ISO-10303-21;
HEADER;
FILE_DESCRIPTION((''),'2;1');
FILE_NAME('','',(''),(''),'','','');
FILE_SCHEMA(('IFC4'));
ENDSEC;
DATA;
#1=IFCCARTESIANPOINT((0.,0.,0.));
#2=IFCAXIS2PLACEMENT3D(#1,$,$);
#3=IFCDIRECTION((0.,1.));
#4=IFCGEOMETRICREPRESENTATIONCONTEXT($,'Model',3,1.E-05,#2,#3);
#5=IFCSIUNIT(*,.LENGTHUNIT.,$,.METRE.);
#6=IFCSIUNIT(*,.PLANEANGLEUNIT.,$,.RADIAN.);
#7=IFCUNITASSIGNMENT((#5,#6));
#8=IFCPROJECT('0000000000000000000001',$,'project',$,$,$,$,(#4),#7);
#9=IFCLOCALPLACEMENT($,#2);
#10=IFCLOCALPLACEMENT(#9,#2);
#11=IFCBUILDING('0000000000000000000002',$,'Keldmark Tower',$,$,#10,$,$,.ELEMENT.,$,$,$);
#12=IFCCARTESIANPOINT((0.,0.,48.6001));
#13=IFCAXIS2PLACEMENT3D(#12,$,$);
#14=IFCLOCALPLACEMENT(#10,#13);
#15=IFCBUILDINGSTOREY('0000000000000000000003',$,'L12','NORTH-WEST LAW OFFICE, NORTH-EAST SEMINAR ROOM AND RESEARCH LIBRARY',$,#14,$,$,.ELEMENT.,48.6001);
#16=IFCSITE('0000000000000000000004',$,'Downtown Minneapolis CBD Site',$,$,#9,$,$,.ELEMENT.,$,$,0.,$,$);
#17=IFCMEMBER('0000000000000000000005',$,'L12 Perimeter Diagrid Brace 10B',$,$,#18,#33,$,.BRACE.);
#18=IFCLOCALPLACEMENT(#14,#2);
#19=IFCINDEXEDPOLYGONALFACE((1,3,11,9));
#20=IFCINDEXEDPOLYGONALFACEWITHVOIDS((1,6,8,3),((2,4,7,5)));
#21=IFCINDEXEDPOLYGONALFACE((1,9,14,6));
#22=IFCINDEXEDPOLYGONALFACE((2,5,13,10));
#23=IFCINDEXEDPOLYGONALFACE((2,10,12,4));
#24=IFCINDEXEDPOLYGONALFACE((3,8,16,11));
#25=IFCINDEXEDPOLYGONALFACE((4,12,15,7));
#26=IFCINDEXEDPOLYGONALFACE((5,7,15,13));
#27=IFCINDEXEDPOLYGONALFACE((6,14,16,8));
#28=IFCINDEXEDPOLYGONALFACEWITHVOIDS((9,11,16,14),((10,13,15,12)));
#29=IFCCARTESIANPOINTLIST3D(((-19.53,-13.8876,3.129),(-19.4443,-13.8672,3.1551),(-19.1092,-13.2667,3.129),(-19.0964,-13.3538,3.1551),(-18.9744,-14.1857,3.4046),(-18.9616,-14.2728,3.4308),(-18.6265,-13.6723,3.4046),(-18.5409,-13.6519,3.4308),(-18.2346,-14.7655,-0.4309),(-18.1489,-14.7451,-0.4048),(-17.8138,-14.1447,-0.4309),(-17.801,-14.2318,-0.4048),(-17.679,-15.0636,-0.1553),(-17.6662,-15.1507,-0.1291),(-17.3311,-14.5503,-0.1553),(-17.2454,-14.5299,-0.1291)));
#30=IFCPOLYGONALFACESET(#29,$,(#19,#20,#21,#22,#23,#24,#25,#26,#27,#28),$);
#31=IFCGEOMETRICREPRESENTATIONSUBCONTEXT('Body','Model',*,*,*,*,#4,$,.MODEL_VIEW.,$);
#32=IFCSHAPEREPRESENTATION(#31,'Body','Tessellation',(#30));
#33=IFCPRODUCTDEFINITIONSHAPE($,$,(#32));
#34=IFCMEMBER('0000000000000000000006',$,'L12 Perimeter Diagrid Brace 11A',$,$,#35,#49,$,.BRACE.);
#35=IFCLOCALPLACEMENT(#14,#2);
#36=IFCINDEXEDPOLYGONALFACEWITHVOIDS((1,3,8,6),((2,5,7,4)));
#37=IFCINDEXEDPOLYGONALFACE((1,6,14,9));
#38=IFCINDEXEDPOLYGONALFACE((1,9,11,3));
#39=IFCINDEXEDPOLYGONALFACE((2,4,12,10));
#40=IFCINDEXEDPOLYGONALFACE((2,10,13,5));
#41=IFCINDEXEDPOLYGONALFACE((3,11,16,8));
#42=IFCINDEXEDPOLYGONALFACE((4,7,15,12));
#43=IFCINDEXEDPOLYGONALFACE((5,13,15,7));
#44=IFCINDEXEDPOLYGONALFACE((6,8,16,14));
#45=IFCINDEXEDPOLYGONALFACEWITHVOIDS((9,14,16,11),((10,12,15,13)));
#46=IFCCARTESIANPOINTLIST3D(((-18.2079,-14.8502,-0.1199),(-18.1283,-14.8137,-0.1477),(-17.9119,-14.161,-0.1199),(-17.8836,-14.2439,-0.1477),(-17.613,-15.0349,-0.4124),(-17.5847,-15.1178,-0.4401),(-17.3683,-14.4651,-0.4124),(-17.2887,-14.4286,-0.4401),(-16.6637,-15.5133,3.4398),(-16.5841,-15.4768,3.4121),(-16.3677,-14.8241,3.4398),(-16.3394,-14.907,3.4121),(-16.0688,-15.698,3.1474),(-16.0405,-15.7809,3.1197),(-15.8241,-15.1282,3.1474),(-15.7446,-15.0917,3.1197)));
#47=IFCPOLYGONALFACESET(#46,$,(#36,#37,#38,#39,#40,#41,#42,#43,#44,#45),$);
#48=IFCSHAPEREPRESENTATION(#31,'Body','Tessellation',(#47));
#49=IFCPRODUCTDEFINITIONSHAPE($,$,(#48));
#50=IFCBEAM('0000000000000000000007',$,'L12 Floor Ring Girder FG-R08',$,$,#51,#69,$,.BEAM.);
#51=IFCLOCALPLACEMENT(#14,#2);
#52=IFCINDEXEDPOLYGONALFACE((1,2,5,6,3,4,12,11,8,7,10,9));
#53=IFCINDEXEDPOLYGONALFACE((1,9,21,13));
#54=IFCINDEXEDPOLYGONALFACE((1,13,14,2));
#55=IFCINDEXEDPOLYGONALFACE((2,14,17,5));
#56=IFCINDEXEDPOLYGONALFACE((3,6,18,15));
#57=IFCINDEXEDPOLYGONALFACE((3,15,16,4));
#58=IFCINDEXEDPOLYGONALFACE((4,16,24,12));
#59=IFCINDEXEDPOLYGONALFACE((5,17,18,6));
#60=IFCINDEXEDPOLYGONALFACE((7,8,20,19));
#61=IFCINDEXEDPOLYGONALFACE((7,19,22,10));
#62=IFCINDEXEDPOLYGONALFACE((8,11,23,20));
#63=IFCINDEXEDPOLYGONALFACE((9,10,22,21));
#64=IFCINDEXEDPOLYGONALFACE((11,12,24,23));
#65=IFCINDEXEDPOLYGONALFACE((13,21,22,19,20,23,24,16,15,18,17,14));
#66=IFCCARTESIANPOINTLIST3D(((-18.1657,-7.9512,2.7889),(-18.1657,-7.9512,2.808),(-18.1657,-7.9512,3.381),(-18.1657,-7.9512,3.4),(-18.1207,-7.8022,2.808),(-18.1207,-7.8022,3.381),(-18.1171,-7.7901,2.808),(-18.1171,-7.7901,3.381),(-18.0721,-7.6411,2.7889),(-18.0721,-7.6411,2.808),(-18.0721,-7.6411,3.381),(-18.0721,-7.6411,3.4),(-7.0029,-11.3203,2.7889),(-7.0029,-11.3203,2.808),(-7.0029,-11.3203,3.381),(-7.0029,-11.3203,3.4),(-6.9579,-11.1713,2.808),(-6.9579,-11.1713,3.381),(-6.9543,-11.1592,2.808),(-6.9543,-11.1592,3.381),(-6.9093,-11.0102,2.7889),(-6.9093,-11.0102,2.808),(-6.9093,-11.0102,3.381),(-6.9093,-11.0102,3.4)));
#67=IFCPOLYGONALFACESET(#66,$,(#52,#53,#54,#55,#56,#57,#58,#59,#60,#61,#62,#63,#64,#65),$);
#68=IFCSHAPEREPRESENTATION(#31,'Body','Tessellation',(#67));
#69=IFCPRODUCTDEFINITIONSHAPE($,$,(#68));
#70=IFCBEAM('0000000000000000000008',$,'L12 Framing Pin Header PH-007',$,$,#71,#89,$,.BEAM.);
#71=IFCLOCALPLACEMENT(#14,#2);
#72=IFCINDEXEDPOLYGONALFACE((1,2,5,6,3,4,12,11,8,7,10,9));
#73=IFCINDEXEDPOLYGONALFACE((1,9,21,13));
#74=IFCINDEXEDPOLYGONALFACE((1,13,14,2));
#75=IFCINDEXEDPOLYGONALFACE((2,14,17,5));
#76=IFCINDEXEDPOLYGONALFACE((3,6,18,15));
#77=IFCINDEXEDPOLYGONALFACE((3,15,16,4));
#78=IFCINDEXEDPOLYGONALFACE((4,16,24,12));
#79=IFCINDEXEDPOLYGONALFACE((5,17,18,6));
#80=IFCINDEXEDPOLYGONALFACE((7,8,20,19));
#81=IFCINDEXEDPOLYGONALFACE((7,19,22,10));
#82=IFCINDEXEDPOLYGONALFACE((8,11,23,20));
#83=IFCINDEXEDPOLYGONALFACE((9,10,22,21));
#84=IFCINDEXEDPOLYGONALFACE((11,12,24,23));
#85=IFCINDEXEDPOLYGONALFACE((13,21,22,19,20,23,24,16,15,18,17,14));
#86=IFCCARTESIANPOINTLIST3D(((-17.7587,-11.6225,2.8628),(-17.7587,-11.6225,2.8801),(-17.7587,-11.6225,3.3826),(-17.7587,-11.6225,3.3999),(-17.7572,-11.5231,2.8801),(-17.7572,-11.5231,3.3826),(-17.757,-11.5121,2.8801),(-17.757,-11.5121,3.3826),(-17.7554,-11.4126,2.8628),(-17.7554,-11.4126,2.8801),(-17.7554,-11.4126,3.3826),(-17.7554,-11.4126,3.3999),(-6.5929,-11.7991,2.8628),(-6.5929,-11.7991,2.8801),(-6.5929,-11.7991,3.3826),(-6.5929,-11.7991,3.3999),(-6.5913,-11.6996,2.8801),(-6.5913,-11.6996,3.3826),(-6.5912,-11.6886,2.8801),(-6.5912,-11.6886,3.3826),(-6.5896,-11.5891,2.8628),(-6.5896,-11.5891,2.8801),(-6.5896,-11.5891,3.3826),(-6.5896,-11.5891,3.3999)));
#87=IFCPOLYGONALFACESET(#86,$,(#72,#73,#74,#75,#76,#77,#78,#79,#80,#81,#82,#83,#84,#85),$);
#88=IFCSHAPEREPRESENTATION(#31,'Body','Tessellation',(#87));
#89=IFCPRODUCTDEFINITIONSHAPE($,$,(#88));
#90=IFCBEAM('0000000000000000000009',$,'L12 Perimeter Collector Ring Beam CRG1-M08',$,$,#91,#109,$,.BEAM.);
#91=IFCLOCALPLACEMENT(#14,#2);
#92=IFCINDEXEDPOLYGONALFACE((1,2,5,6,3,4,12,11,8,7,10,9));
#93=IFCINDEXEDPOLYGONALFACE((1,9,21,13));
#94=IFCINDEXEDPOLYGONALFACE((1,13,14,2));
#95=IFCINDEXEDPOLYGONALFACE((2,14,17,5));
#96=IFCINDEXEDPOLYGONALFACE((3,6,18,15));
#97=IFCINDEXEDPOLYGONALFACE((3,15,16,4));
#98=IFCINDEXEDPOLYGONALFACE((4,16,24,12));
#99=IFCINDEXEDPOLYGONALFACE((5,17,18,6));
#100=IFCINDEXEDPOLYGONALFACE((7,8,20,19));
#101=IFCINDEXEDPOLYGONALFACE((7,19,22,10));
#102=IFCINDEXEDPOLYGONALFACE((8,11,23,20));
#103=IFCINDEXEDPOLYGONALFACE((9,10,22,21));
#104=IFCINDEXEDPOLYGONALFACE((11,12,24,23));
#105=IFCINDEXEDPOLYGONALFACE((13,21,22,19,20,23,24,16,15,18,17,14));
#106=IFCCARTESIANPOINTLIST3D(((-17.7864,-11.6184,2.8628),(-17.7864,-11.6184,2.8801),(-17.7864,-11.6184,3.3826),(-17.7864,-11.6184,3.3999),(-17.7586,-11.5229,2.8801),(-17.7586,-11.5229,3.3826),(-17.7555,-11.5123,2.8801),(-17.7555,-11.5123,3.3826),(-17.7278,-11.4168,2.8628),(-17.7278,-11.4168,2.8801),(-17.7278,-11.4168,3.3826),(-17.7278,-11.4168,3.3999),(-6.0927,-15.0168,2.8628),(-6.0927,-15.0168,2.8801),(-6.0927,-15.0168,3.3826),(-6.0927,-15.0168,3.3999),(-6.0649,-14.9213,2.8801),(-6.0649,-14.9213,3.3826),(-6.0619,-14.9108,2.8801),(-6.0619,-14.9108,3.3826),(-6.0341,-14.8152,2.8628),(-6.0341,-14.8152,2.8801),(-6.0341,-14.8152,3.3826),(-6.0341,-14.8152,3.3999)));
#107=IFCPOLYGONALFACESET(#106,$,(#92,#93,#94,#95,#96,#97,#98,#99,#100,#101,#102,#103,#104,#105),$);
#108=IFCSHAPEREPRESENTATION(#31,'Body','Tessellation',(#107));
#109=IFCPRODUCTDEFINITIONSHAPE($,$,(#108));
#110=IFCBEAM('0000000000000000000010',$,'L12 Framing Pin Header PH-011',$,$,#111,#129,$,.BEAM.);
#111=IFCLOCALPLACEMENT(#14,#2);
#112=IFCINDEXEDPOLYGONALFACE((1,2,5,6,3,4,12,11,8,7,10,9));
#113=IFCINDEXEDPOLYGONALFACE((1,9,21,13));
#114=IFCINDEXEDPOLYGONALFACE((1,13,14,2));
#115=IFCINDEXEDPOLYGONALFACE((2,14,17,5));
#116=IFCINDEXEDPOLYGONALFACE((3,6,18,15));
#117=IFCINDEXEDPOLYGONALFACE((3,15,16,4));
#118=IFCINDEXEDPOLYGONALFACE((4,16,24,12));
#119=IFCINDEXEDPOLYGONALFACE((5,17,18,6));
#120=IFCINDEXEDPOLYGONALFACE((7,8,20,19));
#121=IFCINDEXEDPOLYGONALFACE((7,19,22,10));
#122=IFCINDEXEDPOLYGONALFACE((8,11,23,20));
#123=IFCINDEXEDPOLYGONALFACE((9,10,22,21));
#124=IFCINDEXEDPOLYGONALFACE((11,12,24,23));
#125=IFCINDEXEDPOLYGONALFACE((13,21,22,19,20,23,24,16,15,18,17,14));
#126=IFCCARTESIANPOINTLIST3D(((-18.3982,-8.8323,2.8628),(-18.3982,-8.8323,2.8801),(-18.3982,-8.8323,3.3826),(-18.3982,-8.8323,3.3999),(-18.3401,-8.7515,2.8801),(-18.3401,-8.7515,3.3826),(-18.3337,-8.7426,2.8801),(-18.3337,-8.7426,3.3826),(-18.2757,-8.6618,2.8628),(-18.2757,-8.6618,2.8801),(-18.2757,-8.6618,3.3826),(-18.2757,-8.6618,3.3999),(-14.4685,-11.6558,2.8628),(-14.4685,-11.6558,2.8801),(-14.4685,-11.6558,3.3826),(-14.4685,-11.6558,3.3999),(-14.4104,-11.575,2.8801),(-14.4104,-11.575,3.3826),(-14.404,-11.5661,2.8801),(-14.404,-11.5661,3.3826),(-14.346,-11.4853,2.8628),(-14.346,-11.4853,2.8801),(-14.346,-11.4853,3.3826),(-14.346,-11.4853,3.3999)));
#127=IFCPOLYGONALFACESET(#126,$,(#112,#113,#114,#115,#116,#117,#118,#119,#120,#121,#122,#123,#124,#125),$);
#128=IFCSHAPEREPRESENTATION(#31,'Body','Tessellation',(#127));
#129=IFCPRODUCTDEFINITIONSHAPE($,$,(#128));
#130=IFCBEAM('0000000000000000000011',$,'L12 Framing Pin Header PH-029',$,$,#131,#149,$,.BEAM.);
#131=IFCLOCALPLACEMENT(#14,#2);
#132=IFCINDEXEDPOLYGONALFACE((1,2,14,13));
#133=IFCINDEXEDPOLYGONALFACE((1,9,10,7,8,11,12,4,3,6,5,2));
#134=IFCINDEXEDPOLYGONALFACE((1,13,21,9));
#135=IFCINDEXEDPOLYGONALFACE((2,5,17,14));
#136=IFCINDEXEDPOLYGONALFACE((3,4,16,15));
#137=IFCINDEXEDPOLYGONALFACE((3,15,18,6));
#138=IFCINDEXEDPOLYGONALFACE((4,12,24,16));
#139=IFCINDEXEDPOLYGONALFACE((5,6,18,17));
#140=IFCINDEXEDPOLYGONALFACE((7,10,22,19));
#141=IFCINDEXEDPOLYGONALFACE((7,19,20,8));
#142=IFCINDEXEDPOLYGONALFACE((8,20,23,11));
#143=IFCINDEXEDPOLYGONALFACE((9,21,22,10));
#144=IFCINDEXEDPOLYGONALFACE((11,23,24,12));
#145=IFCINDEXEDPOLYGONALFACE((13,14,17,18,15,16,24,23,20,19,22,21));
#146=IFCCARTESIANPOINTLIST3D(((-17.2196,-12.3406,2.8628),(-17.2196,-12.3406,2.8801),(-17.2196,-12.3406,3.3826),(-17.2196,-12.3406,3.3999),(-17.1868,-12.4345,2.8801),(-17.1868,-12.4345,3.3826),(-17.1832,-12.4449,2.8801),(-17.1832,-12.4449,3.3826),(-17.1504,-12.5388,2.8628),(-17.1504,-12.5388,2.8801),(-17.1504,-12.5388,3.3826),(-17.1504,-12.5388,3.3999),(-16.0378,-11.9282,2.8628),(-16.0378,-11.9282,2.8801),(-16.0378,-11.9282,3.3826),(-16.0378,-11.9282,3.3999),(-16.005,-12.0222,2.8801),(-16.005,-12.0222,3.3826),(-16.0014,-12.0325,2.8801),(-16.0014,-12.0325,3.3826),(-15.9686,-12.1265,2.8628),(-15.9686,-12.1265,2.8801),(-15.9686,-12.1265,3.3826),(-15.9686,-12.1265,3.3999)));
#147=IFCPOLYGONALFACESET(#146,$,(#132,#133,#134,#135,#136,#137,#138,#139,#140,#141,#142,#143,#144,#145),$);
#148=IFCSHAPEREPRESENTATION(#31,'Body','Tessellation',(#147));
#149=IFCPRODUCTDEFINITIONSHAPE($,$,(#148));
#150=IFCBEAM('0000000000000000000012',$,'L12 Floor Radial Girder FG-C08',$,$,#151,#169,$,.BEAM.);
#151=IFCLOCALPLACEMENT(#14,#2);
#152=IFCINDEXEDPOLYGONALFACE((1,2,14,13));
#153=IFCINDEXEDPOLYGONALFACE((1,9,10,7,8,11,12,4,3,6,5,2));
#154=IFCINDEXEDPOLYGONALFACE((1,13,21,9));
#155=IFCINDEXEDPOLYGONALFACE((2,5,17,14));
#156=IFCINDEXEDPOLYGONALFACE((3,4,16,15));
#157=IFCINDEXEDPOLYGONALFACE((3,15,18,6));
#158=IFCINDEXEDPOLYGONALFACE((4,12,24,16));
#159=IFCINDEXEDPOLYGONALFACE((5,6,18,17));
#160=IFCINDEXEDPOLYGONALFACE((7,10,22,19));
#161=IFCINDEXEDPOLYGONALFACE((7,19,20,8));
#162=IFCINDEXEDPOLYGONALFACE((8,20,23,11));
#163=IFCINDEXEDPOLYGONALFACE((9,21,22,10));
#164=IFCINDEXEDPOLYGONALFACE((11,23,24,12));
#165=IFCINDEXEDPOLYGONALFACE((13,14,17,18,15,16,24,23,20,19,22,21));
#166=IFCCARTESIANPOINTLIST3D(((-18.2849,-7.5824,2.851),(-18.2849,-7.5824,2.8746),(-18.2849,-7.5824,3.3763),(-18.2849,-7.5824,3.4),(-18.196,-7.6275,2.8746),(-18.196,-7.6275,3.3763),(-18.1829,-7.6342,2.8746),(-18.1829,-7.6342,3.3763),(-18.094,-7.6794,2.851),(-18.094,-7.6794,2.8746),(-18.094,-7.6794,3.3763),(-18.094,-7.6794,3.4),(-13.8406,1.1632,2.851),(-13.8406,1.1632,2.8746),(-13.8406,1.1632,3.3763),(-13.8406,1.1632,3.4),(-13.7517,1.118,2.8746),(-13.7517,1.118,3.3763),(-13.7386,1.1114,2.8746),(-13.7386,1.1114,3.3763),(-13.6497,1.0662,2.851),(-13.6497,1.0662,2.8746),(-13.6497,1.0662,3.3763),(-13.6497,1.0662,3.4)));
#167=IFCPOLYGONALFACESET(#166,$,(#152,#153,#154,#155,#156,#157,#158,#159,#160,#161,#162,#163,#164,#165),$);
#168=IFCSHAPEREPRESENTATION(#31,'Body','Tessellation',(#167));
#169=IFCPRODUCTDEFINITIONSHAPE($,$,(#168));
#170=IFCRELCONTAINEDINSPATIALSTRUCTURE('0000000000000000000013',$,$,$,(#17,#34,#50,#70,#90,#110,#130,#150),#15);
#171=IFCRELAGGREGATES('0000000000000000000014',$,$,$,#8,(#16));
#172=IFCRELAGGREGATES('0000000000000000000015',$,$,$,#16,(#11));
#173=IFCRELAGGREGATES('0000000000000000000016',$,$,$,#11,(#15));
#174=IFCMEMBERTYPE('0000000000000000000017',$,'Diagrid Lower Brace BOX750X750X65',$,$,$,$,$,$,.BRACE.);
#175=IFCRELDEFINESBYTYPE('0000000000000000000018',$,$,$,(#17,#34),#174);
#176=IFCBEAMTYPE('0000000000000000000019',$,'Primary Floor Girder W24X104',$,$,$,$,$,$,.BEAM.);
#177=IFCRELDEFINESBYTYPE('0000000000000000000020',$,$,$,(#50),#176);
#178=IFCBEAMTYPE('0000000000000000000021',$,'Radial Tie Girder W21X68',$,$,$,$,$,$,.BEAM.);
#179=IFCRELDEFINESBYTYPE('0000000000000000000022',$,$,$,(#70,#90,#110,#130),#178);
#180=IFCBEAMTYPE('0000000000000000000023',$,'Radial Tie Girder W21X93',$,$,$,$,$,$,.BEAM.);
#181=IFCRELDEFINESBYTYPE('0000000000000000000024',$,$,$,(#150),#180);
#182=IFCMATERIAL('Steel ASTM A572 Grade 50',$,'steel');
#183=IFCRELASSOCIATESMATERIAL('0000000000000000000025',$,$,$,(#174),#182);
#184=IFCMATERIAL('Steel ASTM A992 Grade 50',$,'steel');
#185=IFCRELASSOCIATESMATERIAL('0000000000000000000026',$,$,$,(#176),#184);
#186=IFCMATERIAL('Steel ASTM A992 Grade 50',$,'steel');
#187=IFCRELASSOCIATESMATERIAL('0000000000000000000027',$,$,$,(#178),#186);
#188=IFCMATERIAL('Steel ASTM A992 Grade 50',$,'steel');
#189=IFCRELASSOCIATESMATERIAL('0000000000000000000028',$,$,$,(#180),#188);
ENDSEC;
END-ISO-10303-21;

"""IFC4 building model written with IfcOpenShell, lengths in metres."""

from ifc_helpers import new_model, si_unit, direction, frame, origin, origin_2d, place, context, subcontext, project, spatial, hollow_rectangle, i_section, extrude, material, material_profile, profile_set, type_object, element, save


model = new_model("IFC4")

# Units and contexts
model_context = context("Model", 3, precision=1e-05, world=origin(), true_north=direction((0.0, 1.0)))
body_context = subcontext(model_context, "Body", "Model", "MODEL_VIEW")
ifc_project = project(units=[si_unit("LENGTHUNIT", "METRE"), si_unit("PLANEANGLEUNIT", "RADIAN")], contexts=[model_context])

# Site, building, storey
site_placement = place(None, origin())
site = spatial("IfcSite", under=ifc_project, at=site_placement, Name="Downtown Minneapolis CBD Site", CompositionType="ELEMENT", RefElevation=0.0)
building_placement = place(site_placement, origin())
building = spatial("IfcBuilding", under=site, at=building_placement, Name="Keldmark Tower", CompositionType="ELEMENT")
storey_placement = place(building_placement, frame((0.0, 0.0, 48.6001)))
storey = spatial("IfcBuildingStorey", under=building, at=storey_placement, Name="L12", Description="NORTH-WEST LAW OFFICE, NORTH-EAST SEMINAR ROOM AND RESEARCH LIBRARY", CompositionType="ELEMENT", Elevation=48.6001)

# Members
ifc_material_1 = material(Name="Steel ASTM A572 Grade 50", Category="steel")
ifc_material_profile_1 = material_profile(ifc_material_1, hollow_rectangle(XDim=0.75, YDim=0.75, WallThickness=0.0649, at=origin_2d()), Name="BOX750X750X65")
ifc_profile_set_1 = profile_set([ifc_material_profile_1], Name="Steel ASTM A572 Grade 50")
member_type = type_object("IfcMemberType", Name="Diagrid Lower Brace BOX750X750X65", PredefinedType="BRACE", material=ifc_profile_set_1)
member_1_placement = place(storey_placement, frame((-17.74, -14.6477, -0.28), z_axis=(-0.333131, 0.225771, 0.915451), x_axis=(-0.561021, -0.827802, 0.0)))
element("IfcMember", 1, at=member_1_placement, inside=storey, type_object=member_type, Name="L12 Perimeter Diagrid Brace 10B", PredefinedType="BRACE", context=body_context, shape_type="SweptSolid", body=[
    extrude(hollow_rectangle(XDim=0.75, YDim=0.75, WallThickness=0.0649, at=origin_2d()), origin(), (0.0, 0.0, 1.0), 3.8887),
])
member_2_placement = place(storey_placement, frame((-17.7483, -14.6394, -0.28), z_axis=(0.392269, -0.168443, 0.904296), x_axis=(0.394568, 0.918867, 0.0)))
element("IfcMember", 2, at=member_2_placement, inside=storey, type_object=member_type, Name="L12 Perimeter Diagrid Brace 11A", PredefinedType="BRACE", context=body_context, shape_type="SweptSolid", body=[
    extrude(hollow_rectangle(XDim=0.75, YDim=0.75, WallThickness=0.0649, at=origin_2d()), origin(), (0.0, 0.0, 1.0), 3.9365),
])

# Beams
ifc_material_2 = material(Name="Steel ASTM A992 Grade 50", Category="steel")
ifc_material_profile_2 = material_profile(ifc_material_2, i_section(OverallWidth=0.324, OverallDepth=0.6111, WebThickness=0.0127, FlangeThickness=0.019, at=origin_2d()), Name="W24X104")
ifc_profile_set_2 = profile_set([ifc_material_profile_2], Name="Steel ASTM A992 Grade 50")
beam_type_1 = type_object("IfcBeamType", Name="Primary Floor Girder W24X104", PredefinedType="BEAM", material=ifc_profile_set_2)
beam_1_placement = place(storey_placement, frame((-18.1189, -7.7961, 3.0945), z_axis=(0.957346, -0.288944, 0.0), x_axis=(0.288944, 0.957346, 0.0)))
element("IfcBeam", 3, at=beam_1_placement, inside=storey, type_object=beam_type_1, Name="L12 Floor Ring Girder FG-R08", PredefinedType="BEAM", context=body_context, shape_type="SweptSolid", body=[
    extrude(i_section(OverallWidth=0.324, OverallDepth=0.6111, WebThickness=0.0127, FlangeThickness=0.019, at=origin_2d()), origin(), (0.0, 0.0, 1.0), 11.6602),
])
ifc_material_3 = material(Name="Steel ASTM A992 Grade 50", Category="steel")
ifc_material_profile_3 = material_profile(ifc_material_3, i_section(OverallWidth=0.21, OverallDepth=0.5371, WebThickness=0.011, FlangeThickness=0.0173, at=origin_2d()), Name="W21X68")
ifc_profile_set_3 = profile_set([ifc_material_profile_3], Name="Steel ASTM A992 Grade 50")
beam_type_2 = type_object("IfcBeamType", Name="Radial Tie Girder W21X68", PredefinedType="BEAM", material=ifc_profile_set_3)
beam_2_placement = place(storey_placement, frame((-17.7571, -11.5176, 3.1313), z_axis=(0.999875, -0.015806, 0.0), x_axis=(0.015806, 0.999875, 0.0)))
element("IfcBeam", 4, at=beam_2_placement, inside=storey, type_object=beam_type_2, Name="L12 Framing Pin Header PH-007", PredefinedType="BEAM", context=body_context, shape_type="SweptSolid", body=[
    extrude(i_section(OverallWidth=0.21, OverallDepth=0.5371, WebThickness=0.011, FlangeThickness=0.0173, at=origin_2d()), origin(), (0.0, 0.0, 1.0), 11.1672),
])
beam_3_placement = place(storey_placement, frame((-17.7571, -11.5176, 3.1313), z_axis=(0.960269, -0.279077, 0.0), x_axis=(0.279077, 0.960269, 0.0)))
element("IfcBeam", 5, at=beam_3_placement, inside=storey, type_object=beam_type_2, Name="L12 Perimeter Collector Ring Beam CRG1-M08", PredefinedType="BEAM", context=body_context, shape_type="SweptSolid", body=[
    extrude(i_section(OverallWidth=0.21, OverallDepth=0.5371, WebThickness=0.011, FlangeThickness=0.0173, at=origin_2d()), origin(), (0.0, 0.0, 1.0), 12.1775),
])
beam_4_placement = place(storey_placement, frame((-14.4072, -11.5706, 3.1313), z_axis=(-0.812111, 0.583503, 0.0), x_axis=(-0.583503, -0.812111, 0.0)))
element("IfcBeam", 6, at=beam_4_placement, inside=storey, type_object=beam_type_2, Name="L12 Framing Pin Header PH-011", PredefinedType="BEAM", context=body_context, shape_type="SweptSolid", body=[
    extrude(i_section(OverallWidth=0.21, OverallDepth=0.5371, WebThickness=0.011, FlangeThickness=0.0173, at=origin_2d()), origin(), (0.0, 0.0, 1.0), 4.8389),
])
beam_5_placement = place(storey_placement, frame((-16.0032, -12.0273, 3.1313), z_axis=(-0.944183, -0.329421, 0.0), x_axis=(0.329421, -0.944183, 0.0)))
element("IfcBeam", 7, at=beam_5_placement, inside=storey, type_object=beam_type_2, Name="L12 Framing Pin Header PH-029", PredefinedType="BEAM", context=body_context, shape_type="SweptSolid", body=[
    extrude(i_section(OverallWidth=0.21, OverallDepth=0.5371, WebThickness=0.011, FlangeThickness=0.0173, at=origin_2d()), origin(), (0.0, 0.0, 1.0), 1.2517),
])
ifc_material_4 = material(Name="Steel ASTM A992 Grade 50", Category="steel")
ifc_material_profile_4 = material_profile(ifc_material_4, i_section(OverallWidth=0.2141, OverallDepth=0.5491, WebThickness=0.0146, FlangeThickness=0.0237, at=origin_2d()), Name="W21X93")
ifc_profile_set_4 = profile_set([ifc_material_profile_4], Name="Steel ASTM A992 Grade 50")
beam_type_3 = type_object("IfcBeamType", Name="Radial Tie Girder W21X93", PredefinedType="BEAM", material=ifc_profile_set_4)
beam_6_placement = place(storey_placement, frame((-18.1895, -7.6309, 3.1255), z_axis=(0.453038, 0.891491, 0.0), x_axis=(-0.891491, 0.453038, 0.0)))
element("IfcBeam", 8, at=beam_6_placement, inside=storey, type_object=beam_type_3, Name="L12 Floor Radial Girder FG-C08", PredefinedType="BEAM", context=body_context, shape_type="SweptSolid", body=[
    extrude(i_section(OverallWidth=0.2141, OverallDepth=0.5491, WebThickness=0.0146, FlangeThickness=0.0237, at=origin_2d()), origin(), (0.0, 0.0, 1.0), 9.8101),
])

save(model, "model.ifc")
